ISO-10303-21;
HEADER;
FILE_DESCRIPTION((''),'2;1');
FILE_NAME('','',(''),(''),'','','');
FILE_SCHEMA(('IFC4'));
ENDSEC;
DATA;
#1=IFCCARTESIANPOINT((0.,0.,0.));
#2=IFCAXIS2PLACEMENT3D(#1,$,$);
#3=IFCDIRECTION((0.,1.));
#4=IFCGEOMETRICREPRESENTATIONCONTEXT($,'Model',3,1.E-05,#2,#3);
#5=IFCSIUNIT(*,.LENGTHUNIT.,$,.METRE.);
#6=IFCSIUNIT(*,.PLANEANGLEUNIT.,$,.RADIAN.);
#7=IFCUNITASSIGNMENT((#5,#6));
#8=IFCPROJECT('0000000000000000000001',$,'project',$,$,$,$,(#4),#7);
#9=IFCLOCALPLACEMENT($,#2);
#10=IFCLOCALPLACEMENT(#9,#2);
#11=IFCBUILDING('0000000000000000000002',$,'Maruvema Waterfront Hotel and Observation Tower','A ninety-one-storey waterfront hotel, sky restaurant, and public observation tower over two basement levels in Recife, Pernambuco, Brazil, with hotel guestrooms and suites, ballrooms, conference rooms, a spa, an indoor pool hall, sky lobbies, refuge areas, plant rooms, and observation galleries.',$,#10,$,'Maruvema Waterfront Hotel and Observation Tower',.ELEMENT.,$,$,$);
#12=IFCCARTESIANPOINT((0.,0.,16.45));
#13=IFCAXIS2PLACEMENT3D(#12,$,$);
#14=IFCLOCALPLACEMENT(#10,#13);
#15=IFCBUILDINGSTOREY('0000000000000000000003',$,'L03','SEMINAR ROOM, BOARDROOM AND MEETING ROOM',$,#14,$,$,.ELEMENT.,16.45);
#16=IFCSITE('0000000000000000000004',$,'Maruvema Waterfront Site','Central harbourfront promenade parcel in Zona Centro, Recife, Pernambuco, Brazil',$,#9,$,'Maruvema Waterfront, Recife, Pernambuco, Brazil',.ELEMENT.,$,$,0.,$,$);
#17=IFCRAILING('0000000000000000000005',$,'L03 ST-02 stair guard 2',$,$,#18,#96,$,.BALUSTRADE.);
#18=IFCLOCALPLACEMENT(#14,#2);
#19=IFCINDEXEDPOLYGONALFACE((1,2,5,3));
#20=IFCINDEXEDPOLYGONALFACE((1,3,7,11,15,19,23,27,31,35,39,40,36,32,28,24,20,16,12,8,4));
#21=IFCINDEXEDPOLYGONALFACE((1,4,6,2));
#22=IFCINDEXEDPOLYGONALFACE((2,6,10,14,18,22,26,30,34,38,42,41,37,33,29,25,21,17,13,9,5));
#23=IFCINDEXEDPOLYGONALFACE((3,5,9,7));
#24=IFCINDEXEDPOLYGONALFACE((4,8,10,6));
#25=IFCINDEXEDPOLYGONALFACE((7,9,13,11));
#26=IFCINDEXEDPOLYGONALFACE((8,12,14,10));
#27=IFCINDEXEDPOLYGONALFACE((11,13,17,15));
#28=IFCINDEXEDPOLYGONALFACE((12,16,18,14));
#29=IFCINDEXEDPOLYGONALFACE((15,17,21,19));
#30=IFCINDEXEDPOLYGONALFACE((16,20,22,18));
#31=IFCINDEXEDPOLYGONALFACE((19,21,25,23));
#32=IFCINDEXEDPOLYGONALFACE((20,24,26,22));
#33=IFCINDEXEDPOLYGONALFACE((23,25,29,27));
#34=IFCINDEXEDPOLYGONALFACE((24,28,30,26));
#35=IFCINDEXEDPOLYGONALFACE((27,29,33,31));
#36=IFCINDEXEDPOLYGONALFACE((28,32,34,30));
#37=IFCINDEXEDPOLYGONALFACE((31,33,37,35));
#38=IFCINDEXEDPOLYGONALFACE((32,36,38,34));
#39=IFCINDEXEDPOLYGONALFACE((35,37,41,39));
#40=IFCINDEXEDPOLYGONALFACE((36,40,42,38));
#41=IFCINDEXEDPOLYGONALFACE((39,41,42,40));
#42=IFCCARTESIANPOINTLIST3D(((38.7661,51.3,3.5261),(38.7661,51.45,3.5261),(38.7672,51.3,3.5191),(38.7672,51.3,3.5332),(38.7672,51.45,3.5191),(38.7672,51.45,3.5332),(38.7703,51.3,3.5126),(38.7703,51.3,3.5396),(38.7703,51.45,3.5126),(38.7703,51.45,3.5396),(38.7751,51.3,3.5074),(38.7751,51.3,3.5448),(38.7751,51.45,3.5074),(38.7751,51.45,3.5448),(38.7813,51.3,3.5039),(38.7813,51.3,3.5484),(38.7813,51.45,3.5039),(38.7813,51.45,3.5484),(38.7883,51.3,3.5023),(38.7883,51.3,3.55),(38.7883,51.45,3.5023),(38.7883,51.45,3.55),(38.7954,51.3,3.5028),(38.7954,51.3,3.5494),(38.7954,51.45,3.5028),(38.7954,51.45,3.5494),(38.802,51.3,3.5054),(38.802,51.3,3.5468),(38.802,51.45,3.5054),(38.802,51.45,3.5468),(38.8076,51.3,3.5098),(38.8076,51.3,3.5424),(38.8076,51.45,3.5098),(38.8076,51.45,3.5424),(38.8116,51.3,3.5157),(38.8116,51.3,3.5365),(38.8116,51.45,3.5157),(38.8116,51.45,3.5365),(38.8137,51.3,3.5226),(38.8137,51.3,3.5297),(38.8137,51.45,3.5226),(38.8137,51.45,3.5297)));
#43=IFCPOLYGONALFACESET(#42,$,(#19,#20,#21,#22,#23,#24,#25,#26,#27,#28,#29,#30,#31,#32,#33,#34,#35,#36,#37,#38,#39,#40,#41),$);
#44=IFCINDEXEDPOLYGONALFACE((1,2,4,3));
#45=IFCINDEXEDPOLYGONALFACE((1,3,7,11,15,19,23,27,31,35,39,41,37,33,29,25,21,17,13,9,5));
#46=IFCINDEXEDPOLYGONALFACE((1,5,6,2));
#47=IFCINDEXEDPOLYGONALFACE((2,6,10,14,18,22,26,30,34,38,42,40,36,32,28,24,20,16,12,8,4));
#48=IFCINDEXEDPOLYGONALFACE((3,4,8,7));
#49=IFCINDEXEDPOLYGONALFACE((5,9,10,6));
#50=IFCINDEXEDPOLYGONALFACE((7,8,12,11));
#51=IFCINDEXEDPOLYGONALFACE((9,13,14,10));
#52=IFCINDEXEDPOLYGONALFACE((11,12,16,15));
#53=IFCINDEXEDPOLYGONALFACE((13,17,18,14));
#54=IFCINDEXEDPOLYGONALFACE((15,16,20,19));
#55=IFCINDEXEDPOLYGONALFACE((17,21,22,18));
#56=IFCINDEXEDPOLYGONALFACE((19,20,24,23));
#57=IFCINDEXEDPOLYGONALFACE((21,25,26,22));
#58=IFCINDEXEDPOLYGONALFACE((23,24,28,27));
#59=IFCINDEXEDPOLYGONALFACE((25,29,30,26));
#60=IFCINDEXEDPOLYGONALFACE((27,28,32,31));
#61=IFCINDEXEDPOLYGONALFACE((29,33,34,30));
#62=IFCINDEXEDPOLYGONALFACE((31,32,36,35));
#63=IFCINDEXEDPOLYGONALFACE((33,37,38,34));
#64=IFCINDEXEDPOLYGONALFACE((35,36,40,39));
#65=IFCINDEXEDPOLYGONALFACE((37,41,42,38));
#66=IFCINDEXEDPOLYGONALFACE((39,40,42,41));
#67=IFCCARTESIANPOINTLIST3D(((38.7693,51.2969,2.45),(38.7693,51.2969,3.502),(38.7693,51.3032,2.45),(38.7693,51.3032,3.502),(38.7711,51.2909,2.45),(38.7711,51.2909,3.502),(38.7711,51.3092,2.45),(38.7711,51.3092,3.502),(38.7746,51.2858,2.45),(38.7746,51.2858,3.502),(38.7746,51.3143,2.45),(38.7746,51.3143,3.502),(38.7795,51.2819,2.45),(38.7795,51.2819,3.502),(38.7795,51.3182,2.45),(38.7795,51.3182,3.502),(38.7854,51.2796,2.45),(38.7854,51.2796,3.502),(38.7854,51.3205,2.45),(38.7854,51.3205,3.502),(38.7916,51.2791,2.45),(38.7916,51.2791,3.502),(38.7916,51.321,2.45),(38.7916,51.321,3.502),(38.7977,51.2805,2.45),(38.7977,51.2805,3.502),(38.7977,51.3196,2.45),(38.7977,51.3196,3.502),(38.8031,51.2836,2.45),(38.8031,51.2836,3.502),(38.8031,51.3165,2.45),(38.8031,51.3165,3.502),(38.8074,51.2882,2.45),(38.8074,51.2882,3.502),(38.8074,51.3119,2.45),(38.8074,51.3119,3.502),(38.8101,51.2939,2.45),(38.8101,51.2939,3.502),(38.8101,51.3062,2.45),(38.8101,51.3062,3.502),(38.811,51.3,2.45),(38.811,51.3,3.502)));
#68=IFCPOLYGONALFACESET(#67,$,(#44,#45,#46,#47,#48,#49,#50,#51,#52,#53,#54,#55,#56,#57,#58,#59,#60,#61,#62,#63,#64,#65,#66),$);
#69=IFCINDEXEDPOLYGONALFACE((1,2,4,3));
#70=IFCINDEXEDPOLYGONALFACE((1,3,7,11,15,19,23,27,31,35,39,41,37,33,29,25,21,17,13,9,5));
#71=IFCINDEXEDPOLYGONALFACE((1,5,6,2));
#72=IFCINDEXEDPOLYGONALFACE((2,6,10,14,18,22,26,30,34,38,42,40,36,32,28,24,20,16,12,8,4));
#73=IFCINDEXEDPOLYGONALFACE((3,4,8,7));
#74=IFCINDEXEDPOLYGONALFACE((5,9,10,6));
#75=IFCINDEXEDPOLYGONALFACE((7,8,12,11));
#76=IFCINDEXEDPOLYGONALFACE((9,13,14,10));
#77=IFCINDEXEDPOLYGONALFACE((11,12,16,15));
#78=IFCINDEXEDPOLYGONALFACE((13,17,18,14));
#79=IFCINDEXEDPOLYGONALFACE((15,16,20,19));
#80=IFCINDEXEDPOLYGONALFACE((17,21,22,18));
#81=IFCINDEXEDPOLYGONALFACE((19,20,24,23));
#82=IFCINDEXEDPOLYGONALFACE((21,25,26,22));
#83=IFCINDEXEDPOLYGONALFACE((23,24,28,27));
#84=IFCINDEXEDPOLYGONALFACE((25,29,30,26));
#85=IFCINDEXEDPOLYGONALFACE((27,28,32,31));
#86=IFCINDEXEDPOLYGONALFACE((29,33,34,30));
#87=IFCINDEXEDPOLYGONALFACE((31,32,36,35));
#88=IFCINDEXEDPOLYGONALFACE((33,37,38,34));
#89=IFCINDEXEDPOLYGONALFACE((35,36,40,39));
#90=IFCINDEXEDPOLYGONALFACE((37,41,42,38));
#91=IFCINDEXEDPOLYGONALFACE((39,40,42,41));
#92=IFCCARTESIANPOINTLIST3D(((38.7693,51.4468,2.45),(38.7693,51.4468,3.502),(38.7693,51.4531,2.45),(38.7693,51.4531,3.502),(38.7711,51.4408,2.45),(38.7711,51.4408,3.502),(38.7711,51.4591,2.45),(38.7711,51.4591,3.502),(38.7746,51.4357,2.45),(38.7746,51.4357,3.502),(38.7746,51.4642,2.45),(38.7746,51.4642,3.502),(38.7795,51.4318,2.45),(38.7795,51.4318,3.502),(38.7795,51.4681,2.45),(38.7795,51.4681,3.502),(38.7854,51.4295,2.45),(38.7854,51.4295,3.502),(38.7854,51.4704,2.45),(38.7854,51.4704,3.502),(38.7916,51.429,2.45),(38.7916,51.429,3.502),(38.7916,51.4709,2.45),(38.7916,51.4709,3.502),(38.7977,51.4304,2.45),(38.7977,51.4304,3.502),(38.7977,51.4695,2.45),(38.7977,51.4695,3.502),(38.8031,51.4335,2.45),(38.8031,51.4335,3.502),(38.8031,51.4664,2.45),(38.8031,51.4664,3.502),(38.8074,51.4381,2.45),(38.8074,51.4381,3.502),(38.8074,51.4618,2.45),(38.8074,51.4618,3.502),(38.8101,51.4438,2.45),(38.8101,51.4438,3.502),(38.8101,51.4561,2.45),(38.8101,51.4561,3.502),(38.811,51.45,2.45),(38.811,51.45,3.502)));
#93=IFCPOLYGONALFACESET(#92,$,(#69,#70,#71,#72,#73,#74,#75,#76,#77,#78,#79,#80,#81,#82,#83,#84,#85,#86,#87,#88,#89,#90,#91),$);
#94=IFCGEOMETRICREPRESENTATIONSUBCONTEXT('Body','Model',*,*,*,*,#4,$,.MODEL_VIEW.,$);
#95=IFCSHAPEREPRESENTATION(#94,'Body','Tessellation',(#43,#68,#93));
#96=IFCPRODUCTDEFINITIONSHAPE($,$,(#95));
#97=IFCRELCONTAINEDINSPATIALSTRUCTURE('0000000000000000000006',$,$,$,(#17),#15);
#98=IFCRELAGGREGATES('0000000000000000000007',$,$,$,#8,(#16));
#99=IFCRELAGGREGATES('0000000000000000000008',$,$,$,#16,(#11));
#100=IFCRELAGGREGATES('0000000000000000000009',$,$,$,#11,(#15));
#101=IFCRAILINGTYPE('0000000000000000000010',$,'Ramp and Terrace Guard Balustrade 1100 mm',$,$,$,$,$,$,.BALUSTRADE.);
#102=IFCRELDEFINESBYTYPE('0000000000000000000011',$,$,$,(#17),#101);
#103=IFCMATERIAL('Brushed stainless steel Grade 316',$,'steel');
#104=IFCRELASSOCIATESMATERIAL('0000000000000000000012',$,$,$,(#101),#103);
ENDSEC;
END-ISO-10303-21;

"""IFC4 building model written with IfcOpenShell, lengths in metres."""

from ifc_helpers import new_model, si_unit, direction, frame, origin, origin_2d, place, context, subcontext, project, spatial, circle, extrude, material, type_object, element, save


model = new_model("IFC4")

# Units and contexts
model_context = context("Model", 3, precision=1e-05, world=origin(), true_north=direction((0.0, 1.0)))
body_context = subcontext(model_context, "Body", "Model", "MODEL_VIEW")
ifc_project = project(units=[si_unit("LENGTHUNIT", "METRE"), si_unit("PLANEANGLEUNIT", "RADIAN")], contexts=[model_context])

# Site, building, storey
site_placement = place(None, origin())
site = spatial("IfcSite", under=ifc_project, at=site_placement, Name="Maruvema Waterfront Site", Description="Central harbourfront promenade parcel in Zona Centro, Recife, Pernambuco, Brazil", LongName="Maruvema Waterfront, Recife, Pernambuco, Brazil", CompositionType="ELEMENT", RefElevation=0.0)
building_placement = place(site_placement, origin())
building = spatial("IfcBuilding", under=site, at=building_placement, Name="Maruvema Waterfront Hotel and Observation Tower", Description="A ninety-one-storey waterfront hotel, sky restaurant, and public observation tower over two basement levels in Recife, Pernambuco, Brazil, with hotel guestrooms and suites, ballrooms, conference rooms, a spa, an indoor pool hall, sky lobbies, refuge areas, plant rooms, and observation galleries.", LongName="Maruvema Waterfront Hotel and Observation Tower", CompositionType="ELEMENT")
storey_placement = place(building_placement, frame((0.0, 0.0, 16.45)))
storey = spatial("IfcBuildingStorey", under=building, at=storey_placement, Name="L03", Description="SEMINAR ROOM, BOARDROOM AND MEETING ROOM", CompositionType="ELEMENT", Elevation=16.45)

# Railing
ifc_material_1 = material(Name="Brushed stainless steel Grade 316", Category="steel")
railing_type_1 = type_object("IfcRailingType", Name="Ramp and Terrace Guard Balustrade 1100 mm", PredefinedType="BALUSTRADE", material=ifc_material_1)
railing_1_placement = place(storey_placement, frame((38.79, 51.3, 2.45)))
element("IfcRailing", 1, at=railing_1_placement, inside=storey, type_object=railing_type_1, Name="L03 ST-02 stair guard 2", PredefinedType="BALUSTRADE", context=body_context, shape_type="SweptSolid", body=[
    extrude(circle(Radius=0.0239, at=origin_2d()), frame((0.0, 0.0, 1.0762), z_axis=(0.0, 1.0, 0.0), x_axis=(-1.0, 0.0, 0.0)), (0.0, 0.0, 1.0), 0.1499),
    extrude(circle(Radius=0.021, at=origin_2d()), origin(), (0.0, 0.0, 1.0), 1.052),
    extrude(circle(Radius=0.021, at=origin_2d()), frame((0.0, 0.1499, 0.0)), (0.0, 0.0, 1.0), 1.052),
])

save(model, "model.ifc")
